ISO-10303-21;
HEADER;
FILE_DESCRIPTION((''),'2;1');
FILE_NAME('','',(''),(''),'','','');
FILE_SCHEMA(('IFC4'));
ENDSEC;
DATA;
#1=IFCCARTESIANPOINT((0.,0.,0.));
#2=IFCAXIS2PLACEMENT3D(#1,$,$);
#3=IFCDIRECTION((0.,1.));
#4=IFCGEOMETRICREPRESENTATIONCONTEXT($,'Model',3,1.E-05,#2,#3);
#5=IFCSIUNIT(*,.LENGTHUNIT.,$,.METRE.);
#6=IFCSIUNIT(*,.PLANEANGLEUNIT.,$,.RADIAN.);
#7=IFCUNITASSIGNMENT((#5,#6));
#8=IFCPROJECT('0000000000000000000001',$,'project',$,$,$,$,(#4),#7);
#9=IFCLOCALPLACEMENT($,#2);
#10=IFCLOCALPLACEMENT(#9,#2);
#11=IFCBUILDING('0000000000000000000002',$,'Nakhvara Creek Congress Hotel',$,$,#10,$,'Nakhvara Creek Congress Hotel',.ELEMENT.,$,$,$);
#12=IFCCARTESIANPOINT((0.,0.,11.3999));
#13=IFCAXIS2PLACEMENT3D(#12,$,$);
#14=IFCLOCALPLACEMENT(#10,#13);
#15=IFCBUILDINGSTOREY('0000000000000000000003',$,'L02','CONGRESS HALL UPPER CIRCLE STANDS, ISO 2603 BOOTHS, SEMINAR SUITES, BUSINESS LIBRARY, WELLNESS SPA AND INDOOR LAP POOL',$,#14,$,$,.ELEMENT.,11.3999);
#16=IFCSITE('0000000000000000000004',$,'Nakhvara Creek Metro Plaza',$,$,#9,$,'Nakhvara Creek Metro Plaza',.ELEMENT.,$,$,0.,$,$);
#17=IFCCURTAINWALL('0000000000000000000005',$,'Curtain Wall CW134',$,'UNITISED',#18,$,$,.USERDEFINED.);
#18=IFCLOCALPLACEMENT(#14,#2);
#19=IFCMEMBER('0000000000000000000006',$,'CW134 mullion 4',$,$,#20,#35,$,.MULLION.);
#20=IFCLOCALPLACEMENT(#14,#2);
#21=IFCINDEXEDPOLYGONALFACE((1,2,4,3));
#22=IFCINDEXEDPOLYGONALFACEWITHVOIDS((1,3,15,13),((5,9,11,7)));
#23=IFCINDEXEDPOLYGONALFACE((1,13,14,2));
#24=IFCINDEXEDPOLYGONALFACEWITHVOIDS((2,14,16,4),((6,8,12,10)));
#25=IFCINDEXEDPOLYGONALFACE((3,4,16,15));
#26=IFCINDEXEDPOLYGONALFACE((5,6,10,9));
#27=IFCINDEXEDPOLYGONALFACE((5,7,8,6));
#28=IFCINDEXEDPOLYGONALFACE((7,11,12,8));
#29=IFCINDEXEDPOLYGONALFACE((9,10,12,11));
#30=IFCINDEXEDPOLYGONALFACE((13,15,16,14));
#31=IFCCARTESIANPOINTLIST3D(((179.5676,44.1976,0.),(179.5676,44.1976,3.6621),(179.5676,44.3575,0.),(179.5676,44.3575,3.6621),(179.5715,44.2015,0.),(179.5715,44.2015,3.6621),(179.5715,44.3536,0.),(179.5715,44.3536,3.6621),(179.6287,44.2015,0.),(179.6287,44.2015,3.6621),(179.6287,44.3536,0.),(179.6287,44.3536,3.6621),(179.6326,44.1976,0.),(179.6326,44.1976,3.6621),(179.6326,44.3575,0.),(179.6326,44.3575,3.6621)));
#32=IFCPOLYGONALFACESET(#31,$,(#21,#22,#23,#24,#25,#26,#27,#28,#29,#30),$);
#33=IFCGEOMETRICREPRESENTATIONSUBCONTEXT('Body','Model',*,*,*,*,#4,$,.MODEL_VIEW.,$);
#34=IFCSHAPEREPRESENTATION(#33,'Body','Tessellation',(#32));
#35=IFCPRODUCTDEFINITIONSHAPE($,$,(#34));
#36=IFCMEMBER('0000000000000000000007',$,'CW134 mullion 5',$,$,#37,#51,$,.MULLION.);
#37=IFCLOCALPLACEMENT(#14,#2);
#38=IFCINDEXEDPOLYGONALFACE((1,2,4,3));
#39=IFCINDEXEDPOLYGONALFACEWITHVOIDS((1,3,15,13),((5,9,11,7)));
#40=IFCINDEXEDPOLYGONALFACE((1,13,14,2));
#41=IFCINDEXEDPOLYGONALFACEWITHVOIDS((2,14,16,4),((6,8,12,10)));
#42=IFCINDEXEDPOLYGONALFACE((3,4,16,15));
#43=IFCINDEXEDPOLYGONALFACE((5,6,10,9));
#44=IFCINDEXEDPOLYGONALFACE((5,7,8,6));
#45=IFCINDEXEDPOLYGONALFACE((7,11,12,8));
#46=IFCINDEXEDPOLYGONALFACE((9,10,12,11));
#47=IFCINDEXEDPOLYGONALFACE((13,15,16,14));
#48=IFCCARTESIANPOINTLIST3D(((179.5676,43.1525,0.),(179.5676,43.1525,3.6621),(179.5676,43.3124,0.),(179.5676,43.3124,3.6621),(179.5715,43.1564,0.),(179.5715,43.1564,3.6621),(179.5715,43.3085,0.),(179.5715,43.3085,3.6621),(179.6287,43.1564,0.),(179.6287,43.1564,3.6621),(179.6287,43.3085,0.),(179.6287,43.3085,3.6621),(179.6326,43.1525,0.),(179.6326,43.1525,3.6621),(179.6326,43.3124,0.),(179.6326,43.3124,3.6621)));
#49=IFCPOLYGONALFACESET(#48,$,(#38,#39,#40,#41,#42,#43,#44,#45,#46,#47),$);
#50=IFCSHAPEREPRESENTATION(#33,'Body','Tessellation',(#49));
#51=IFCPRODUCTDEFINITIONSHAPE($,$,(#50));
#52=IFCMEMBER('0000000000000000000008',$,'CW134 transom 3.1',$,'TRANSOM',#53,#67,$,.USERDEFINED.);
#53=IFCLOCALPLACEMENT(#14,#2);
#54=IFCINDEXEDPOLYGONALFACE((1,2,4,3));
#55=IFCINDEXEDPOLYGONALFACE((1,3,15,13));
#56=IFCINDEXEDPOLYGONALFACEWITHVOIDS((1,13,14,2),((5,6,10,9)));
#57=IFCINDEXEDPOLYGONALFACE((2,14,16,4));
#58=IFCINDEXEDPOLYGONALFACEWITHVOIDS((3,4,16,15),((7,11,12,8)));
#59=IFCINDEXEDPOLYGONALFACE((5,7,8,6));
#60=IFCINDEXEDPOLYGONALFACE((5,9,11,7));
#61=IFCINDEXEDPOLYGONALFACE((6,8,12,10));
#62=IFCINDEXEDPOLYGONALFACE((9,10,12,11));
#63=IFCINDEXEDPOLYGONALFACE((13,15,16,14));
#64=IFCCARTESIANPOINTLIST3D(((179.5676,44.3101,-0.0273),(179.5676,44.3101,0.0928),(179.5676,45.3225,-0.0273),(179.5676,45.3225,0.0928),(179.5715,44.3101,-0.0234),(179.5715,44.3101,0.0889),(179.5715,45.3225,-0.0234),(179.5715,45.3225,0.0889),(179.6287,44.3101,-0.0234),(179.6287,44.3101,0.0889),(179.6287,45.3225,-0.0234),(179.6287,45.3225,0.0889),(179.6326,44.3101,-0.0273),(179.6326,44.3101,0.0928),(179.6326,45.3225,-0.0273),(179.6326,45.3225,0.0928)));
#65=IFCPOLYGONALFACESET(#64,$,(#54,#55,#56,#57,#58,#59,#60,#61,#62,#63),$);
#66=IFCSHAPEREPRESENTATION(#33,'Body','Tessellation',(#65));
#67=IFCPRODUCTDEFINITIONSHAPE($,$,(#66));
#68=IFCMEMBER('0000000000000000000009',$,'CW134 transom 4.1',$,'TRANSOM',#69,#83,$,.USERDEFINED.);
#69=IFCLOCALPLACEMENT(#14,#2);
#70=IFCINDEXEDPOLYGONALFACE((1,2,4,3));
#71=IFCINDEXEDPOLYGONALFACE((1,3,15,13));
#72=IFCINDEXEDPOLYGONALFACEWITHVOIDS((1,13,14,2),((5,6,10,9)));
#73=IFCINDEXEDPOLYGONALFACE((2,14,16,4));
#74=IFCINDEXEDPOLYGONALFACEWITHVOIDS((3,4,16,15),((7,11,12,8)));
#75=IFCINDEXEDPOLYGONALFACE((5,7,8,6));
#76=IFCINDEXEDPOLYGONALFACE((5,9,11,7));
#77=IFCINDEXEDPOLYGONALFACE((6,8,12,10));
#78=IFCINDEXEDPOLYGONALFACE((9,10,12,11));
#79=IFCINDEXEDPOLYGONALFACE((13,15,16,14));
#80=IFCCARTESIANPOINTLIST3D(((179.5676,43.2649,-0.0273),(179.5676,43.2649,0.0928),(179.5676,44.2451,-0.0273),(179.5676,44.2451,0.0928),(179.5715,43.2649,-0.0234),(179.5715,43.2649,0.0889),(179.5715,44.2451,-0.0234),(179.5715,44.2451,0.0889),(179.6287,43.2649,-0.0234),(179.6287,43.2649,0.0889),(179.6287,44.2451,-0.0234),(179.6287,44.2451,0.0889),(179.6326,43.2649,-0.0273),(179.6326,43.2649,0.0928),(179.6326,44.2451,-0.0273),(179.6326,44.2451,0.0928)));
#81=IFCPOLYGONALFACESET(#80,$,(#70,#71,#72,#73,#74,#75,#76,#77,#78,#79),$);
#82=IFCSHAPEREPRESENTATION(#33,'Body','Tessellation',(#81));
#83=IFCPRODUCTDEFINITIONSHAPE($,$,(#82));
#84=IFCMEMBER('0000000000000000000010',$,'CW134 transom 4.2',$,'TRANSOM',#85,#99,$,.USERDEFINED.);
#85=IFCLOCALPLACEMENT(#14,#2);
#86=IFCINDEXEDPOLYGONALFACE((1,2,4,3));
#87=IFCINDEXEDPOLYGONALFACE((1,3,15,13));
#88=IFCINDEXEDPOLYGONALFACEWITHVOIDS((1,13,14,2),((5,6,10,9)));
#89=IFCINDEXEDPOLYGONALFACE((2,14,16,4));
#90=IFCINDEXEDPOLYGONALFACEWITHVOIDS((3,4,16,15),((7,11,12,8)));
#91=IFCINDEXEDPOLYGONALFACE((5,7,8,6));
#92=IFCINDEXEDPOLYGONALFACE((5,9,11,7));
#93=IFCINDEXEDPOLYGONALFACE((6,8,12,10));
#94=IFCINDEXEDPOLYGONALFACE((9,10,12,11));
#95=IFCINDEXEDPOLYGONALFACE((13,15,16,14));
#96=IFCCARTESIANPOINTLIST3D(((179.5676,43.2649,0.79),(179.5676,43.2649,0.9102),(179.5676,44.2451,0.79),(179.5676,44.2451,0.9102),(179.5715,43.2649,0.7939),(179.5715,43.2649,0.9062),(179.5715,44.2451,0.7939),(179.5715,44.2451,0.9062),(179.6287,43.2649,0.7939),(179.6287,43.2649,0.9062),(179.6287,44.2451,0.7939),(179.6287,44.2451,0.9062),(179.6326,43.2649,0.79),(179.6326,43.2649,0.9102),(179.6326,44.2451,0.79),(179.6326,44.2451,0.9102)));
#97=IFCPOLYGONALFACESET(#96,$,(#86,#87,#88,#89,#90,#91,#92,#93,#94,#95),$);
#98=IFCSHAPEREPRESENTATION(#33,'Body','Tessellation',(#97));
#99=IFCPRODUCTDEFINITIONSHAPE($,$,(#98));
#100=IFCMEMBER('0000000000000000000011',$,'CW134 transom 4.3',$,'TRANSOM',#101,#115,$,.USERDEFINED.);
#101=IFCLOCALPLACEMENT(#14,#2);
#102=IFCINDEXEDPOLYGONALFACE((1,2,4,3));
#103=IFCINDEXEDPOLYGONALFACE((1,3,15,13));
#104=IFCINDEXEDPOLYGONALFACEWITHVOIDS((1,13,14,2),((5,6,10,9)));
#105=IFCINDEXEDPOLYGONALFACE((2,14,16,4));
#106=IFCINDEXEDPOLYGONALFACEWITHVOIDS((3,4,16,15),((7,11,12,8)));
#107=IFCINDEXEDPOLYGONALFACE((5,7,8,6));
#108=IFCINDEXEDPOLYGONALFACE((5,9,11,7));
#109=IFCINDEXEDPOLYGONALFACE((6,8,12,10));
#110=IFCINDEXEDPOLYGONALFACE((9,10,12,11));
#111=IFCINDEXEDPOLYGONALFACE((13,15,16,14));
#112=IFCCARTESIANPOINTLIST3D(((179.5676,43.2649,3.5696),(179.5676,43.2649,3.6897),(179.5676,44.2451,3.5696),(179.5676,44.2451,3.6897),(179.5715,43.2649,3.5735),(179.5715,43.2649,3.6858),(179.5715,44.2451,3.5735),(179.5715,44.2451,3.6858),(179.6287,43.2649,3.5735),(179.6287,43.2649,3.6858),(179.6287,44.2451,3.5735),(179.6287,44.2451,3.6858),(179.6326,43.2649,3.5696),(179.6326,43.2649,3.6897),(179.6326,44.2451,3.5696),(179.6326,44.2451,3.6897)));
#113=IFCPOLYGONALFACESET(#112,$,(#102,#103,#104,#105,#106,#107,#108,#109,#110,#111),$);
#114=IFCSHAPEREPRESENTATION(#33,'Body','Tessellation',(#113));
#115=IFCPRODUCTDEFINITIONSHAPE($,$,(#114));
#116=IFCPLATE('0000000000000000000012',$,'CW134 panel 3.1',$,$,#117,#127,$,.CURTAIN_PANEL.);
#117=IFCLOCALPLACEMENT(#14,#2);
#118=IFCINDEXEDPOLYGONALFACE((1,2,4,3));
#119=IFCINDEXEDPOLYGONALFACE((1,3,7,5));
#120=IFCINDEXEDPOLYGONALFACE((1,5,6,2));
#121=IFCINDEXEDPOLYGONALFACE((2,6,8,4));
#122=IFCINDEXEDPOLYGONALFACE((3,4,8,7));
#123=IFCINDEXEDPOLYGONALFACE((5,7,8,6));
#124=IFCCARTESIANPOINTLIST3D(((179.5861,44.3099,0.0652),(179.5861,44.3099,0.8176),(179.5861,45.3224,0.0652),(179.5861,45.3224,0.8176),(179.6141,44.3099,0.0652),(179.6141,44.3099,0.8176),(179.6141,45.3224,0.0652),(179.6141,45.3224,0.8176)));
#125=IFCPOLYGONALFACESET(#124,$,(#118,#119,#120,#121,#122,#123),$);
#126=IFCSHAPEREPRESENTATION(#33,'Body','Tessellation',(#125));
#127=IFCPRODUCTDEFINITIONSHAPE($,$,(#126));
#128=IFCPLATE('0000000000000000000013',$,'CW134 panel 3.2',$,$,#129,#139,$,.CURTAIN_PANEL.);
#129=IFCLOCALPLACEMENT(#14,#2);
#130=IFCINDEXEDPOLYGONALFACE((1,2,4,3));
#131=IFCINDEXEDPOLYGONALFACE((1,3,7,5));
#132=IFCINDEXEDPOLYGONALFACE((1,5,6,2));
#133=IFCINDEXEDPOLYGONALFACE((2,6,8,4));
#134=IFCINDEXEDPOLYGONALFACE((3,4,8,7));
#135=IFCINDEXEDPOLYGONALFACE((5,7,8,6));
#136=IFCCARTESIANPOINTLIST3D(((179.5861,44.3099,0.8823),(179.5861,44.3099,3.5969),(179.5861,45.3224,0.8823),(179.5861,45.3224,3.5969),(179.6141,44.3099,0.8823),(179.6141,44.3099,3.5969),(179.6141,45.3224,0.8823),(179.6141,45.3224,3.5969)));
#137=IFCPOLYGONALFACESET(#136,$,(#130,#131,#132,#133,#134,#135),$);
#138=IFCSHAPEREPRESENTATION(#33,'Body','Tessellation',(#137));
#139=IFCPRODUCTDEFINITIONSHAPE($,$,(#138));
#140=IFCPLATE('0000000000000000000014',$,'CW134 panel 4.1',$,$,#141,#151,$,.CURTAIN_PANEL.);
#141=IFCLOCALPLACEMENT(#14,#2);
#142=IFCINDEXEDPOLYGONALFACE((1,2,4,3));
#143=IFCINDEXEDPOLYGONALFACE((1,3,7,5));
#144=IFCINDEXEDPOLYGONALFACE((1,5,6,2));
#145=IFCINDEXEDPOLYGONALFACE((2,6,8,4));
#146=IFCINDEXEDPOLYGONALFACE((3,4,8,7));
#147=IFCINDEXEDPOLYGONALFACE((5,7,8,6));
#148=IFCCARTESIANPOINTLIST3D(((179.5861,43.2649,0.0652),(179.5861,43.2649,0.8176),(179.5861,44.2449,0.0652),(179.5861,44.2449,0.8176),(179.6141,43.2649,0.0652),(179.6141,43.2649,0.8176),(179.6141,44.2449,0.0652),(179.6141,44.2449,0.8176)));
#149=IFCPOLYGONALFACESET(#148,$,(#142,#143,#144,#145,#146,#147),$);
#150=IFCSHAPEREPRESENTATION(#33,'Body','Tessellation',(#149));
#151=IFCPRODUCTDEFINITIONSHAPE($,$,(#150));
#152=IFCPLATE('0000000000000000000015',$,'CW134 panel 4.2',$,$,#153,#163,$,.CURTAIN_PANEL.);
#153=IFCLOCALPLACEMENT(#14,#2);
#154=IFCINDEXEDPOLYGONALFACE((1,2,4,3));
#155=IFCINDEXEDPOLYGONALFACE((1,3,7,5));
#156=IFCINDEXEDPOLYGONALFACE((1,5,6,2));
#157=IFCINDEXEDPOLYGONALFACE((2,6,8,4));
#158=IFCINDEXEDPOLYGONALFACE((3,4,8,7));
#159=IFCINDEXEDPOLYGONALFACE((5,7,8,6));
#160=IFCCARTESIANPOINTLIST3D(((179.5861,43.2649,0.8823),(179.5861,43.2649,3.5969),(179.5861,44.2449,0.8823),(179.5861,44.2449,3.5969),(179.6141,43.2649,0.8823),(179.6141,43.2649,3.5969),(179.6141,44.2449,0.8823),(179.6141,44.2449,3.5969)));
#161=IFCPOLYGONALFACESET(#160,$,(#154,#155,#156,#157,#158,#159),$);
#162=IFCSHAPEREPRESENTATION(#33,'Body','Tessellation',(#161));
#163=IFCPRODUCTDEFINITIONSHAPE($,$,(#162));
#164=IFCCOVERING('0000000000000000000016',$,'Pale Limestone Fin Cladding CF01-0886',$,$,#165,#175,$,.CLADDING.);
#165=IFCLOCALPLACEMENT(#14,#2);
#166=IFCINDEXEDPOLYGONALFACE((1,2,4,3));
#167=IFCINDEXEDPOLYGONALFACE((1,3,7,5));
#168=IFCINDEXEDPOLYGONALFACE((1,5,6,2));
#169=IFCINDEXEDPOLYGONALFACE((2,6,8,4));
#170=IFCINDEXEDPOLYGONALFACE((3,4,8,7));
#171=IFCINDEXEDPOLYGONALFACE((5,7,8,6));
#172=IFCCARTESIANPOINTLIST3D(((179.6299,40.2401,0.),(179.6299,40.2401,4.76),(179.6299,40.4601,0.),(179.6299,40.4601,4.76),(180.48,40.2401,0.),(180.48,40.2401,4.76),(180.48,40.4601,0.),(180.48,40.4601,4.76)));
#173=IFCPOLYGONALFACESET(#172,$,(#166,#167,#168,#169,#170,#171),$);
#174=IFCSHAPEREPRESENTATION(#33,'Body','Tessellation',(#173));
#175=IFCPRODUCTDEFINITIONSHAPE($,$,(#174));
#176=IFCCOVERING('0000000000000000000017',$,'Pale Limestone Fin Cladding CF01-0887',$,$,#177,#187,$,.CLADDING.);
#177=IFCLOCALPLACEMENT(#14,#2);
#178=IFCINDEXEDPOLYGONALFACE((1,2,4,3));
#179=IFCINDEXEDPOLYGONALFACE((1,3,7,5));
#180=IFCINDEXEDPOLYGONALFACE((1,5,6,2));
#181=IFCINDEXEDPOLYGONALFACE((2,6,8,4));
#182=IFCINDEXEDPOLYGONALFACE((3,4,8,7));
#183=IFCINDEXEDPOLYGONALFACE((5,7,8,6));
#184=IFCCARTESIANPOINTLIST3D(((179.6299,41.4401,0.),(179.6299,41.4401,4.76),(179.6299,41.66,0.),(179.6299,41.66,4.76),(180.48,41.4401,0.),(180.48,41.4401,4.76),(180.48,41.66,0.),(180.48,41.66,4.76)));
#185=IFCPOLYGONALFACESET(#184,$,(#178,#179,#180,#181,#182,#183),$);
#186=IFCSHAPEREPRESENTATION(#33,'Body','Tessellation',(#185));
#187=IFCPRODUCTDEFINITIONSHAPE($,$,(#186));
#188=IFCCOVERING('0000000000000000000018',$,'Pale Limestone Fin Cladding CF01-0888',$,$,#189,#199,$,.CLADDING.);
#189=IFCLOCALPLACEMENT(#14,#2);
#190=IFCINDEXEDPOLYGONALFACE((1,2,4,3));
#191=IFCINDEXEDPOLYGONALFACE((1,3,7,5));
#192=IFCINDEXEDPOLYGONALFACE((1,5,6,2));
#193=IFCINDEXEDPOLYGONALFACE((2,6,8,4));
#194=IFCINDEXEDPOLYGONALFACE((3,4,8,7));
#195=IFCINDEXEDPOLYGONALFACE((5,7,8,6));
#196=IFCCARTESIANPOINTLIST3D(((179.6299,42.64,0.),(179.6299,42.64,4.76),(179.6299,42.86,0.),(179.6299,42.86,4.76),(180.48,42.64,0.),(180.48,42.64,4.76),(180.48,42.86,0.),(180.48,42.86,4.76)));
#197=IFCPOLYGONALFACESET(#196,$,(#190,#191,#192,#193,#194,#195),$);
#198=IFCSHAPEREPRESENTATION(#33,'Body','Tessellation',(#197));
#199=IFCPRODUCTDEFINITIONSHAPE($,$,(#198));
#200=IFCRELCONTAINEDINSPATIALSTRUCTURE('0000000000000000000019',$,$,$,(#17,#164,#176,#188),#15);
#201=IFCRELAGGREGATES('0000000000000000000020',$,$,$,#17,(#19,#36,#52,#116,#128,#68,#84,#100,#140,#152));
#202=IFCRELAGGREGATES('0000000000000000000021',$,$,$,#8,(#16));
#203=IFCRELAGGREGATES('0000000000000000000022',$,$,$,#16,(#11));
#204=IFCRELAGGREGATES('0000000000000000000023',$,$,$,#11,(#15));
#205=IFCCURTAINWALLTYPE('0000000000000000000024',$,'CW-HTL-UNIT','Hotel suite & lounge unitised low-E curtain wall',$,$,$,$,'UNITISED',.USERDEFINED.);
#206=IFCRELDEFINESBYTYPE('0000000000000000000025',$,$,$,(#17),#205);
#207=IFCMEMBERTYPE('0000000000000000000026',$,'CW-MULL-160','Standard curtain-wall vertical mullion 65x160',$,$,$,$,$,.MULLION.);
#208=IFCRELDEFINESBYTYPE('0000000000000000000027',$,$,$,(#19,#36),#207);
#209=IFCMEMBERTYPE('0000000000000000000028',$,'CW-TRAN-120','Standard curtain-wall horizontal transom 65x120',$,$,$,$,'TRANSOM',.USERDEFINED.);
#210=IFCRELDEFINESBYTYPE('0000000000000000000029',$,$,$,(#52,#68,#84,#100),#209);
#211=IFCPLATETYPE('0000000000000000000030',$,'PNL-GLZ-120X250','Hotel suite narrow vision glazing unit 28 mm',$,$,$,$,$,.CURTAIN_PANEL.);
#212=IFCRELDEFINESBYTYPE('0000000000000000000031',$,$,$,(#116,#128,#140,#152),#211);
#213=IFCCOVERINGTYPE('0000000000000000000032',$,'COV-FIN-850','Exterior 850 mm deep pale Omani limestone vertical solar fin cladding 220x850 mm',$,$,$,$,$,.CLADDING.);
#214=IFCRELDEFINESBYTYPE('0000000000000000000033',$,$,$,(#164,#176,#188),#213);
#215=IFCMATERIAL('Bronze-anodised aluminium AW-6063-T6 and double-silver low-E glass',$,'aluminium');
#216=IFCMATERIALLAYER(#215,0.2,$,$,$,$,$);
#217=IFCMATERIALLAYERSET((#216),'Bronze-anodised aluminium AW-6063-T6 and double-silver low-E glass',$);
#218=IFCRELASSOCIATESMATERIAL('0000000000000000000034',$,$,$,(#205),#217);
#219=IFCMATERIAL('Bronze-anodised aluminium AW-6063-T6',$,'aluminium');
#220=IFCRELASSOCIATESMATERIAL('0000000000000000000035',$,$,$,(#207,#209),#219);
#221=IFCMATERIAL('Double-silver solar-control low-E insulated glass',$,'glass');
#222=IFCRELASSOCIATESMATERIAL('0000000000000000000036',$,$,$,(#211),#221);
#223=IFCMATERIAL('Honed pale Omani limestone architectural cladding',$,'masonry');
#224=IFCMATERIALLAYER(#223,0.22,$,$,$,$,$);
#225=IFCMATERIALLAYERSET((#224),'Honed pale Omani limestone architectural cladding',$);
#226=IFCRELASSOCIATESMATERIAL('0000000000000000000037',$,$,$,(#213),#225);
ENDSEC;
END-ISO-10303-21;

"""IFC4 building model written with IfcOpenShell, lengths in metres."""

from ifc_helpers import new_model, si_unit, direction, frame, origin, origin_2d, place, context, subcontext, project, spatial, rectangle, hollow_rectangle, extrude, material, layer, layer_set, material_profile, profile_set, type_object, element, aggregate, save


model = new_model("IFC4")

# Units and contexts
model_context = context("Model", 3, precision=1e-05, world=origin(), true_north=direction((0.0, 1.0)))
body_context = subcontext(model_context, "Body", "Model", "MODEL_VIEW")
ifc_project = project(units=[si_unit("LENGTHUNIT", "METRE"), si_unit("PLANEANGLEUNIT", "RADIAN")], contexts=[model_context])

# Site, building, storey
site_placement = place(None, origin())
site = spatial("IfcSite", under=ifc_project, at=site_placement, Name="Nakhvara Creek Metro Plaza", LongName="Nakhvara Creek Metro Plaza", CompositionType="ELEMENT", RefElevation=0.0)
building_placement = place(site_placement, origin())
building = spatial("IfcBuilding", under=site, at=building_placement, Name="Nakhvara Creek Congress Hotel", LongName="Nakhvara Creek Congress Hotel", CompositionType="ELEMENT")
storey_placement = place(building_placement, frame((0.0, 0.0, 11.3999)))
storey = spatial("IfcBuildingStorey", under=building, at=storey_placement, Name="L02", Description="CONGRESS HALL UPPER CIRCLE STANDS, ISO 2603 BOOTHS, SEMINAR SUITES, BUSINESS LIBRARY, WELLNESS SPA AND INDOOR LAP POOL", CompositionType="ELEMENT", Elevation=11.3999)

# Curtain wall, members, plates
ifc_material_1 = material(Name="Bronze-anodised aluminium AW-6063-T6 and double-silver low-E glass", Category="aluminium")
ifc_layer_1 = layer(ifc_material_1, 0.2)
ifc_layer_set_1 = layer_set([ifc_layer_1], Name="Bronze-anodised aluminium AW-6063-T6 and double-silver low-E glass")
curtain_wall_type = type_object("IfcCurtainWallType", Name="CW-HTL-UNIT", Description="Hotel suite & lounge unitised low-E curtain wall", ElementType="UNITISED", PredefinedType="USERDEFINED", material=ifc_layer_set_1)
curtain_wall_placement = place(storey_placement, origin())
curtain_wall = element("IfcCurtainWall", 1, at=curtain_wall_placement, inside=storey, type_object=curtain_wall_type, Name="Curtain Wall CW134", ObjectType="UNITISED", PredefinedType="USERDEFINED")
ifc_material_2 = material(Name="Bronze-anodised aluminium AW-6063-T6", Category="aluminium")
ifc_material_profile_1 = material_profile(ifc_material_2, hollow_rectangle(XDim=0.0649, YDim=0.1599, WallThickness=0.0039, at=origin_2d()), Name="ALU-MULL 65x160x4", Category="LoadBearing")
ifc_profile_set_1 = profile_set([ifc_material_profile_1], Name="Bronze-anodised aluminium AW-6063-T6")
member_type_1 = type_object("IfcMemberType", Name="CW-MULL-160", Description="Standard curtain-wall vertical mullion 65x160", PredefinedType="MULLION", material=ifc_profile_set_1)
member_1_placement = place(storey_placement, frame((179.6001, 44.2776, 0.0), z_axis=(0.0, 0.0, 1.0), x_axis=(1.0, 0.0, 0.0)))
member_1 = element("IfcMember", 2, at=member_1_placement, type_object=member_type_1, Name="CW134 mullion 4", PredefinedType="MULLION", context=body_context, shape_type="SweptSolid", body=[
    extrude(hollow_rectangle(XDim=0.0649, YDim=0.1599, WallThickness=0.0039, at=origin_2d()), origin(), (0.0, 0.0, 1.0), 3.6621),
])
member_2_placement = place(storey_placement, frame((179.6001, 43.2324, 0.0), z_axis=(0.0, 0.0, 1.0), x_axis=(1.0, 0.0, 0.0)))
member_2 = element("IfcMember", 3, at=member_2_placement, type_object=member_type_1, Name="CW134 mullion 5", PredefinedType="MULLION", context=body_context, shape_type="SweptSolid", body=[
    extrude(hollow_rectangle(XDim=0.0649, YDim=0.1599, WallThickness=0.0039, at=origin_2d()), origin(), (0.0, 0.0, 1.0), 3.6621),
])
ifc_material_profile_2 = material_profile(ifc_material_2, hollow_rectangle(XDim=0.0649, YDim=0.1201, WallThickness=0.0039, at=origin_2d()), Name="ALU-TRAN 65x120x4", Category="LoadBearing")
ifc_profile_set_2 = profile_set([ifc_material_profile_2], Name="Bronze-anodised aluminium AW-6063-T6")
member_type_2 = type_object("IfcMemberType", Name="CW-TRAN-120", Description="Standard curtain-wall horizontal transom 65x120", ElementType="TRANSOM", PredefinedType="USERDEFINED", material=ifc_profile_set_2)
member_3_placement = place(storey_placement, frame((179.6001, 45.3225, 0.0327), z_axis=(0.0, -1.0, 0.0), x_axis=(1.0, 0.0, 0.0)))
member_3 = element("IfcMember", 4, at=member_3_placement, type_object=member_type_2, Name="CW134 transom 3.1", ObjectType="TRANSOM", PredefinedType="USERDEFINED", context=body_context, shape_type="SweptSolid", body=[
    extrude(hollow_rectangle(XDim=0.0649, YDim=0.1201, WallThickness=0.0039, at=origin_2d()), origin(), (0.0, 0.0, 1.0), 1.0125),
])
member_4_placement = place(storey_placement, frame((179.6001, 44.2451, 0.0327), z_axis=(0.0, -1.0, 0.0), x_axis=(1.0, 0.0, 0.0)))
member_4 = element("IfcMember", 5, at=member_4_placement, type_object=member_type_2, Name="CW134 transom 4.1", ObjectType="TRANSOM", PredefinedType="USERDEFINED", context=body_context, shape_type="SweptSolid", body=[
    extrude(hollow_rectangle(XDim=0.0649, YDim=0.1201, WallThickness=0.0039, at=origin_2d()), origin(), (0.0, 0.0, 1.0), 0.9802),
])
member_5_placement = place(storey_placement, frame((179.6001, 44.2451, 0.8501), z_axis=(0.0, -1.0, 0.0), x_axis=(1.0, 0.0, 0.0)))
member_5 = element("IfcMember", 6, at=member_5_placement, type_object=member_type_2, Name="CW134 transom 4.2", ObjectType="TRANSOM", PredefinedType="USERDEFINED", context=body_context, shape_type="SweptSolid", body=[
    extrude(hollow_rectangle(XDim=0.0649, YDim=0.1201, WallThickness=0.0039, at=origin_2d()), origin(), (0.0, 0.0, 1.0), 0.9802),
])
member_6_placement = place(storey_placement, frame((179.6001, 44.2451, 3.6296), z_axis=(0.0, -1.0, 0.0), x_axis=(1.0, 0.0, 0.0)))
member_6 = element("IfcMember", 7, at=member_6_placement, type_object=member_type_2, Name="CW134 transom 4.3", ObjectType="TRANSOM", PredefinedType="USERDEFINED", context=body_context, shape_type="SweptSolid", body=[
    extrude(hollow_rectangle(XDim=0.0649, YDim=0.1201, WallThickness=0.0039, at=origin_2d()), origin(), (0.0, 0.0, 1.0), 0.9802),
])
ifc_material_3 = material(Name="Double-silver solar-control low-E insulated glass", Category="glass")
plate_type = type_object("IfcPlateType", Name="PNL-GLZ-120X250", Description="Hotel suite narrow vision glazing unit 28 mm", PredefinedType="CURTAIN_PANEL", material=ifc_material_3)
plate_1_placement = place(storey_placement, frame((179.6001, 44.8162, 0.0652), z_axis=(0.0, 0.0, 1.0), x_axis=(0.0, -1.0, 0.0)))
plate_1 = element("IfcPlate", 8, at=plate_1_placement, type_object=plate_type, Name="CW134 panel 3.1", PredefinedType="CURTAIN_PANEL", context=body_context, shape_type="SweptSolid", body=[
    extrude(rectangle(XDim=1.0125, YDim=0.0281, at=origin_2d()), origin(), (0.0, 0.0, 1.0), 0.7524),
])
plate_2_placement = place(storey_placement, frame((179.6001, 44.8162, 0.8823), z_axis=(0.0, 0.0, 1.0), x_axis=(0.0, -1.0, 0.0)))
plate_2 = element("IfcPlate", 9, at=plate_2_placement, type_object=plate_type, Name="CW134 panel 3.2", PredefinedType="CURTAIN_PANEL", context=body_context, shape_type="SweptSolid", body=[
    extrude(rectangle(XDim=1.0125, YDim=0.0281, at=origin_2d()), origin(), (0.0, 0.0, 1.0), 2.7146),
])
plate_3_placement = place(storey_placement, frame((179.6001, 43.7549, 0.0652), z_axis=(0.0, 0.0, 1.0), x_axis=(0.0, -1.0, 0.0)))
plate_3 = element("IfcPlate", 10, at=plate_3_placement, type_object=plate_type, Name="CW134 panel 4.1", PredefinedType="CURTAIN_PANEL", context=body_context, shape_type="SweptSolid", body=[
    extrude(rectangle(XDim=0.98, YDim=0.0281, at=origin_2d()), origin(), (0.0, 0.0, 1.0), 0.7524),
])
plate_4_placement = place(storey_placement, frame((179.6001, 43.7549, 0.8823), z_axis=(0.0, 0.0, 1.0), x_axis=(0.0, -1.0, 0.0)))
plate_4 = element("IfcPlate", 11, at=plate_4_placement, type_object=plate_type, Name="CW134 panel 4.2", PredefinedType="CURTAIN_PANEL", context=body_context, shape_type="SweptSolid", body=[
    extrude(rectangle(XDim=0.98, YDim=0.0281, at=origin_2d()), origin(), (0.0, 0.0, 1.0), 2.7146),
])
aggregate(curtain_wall, [member_1, member_2, member_3, plate_1, plate_2, member_4, member_5, member_6, plate_3, plate_4])

# Coverings
ifc_material_4 = material(Name="Honed pale Omani limestone architectural cladding", Category="masonry")
ifc_layer_2 = layer(ifc_material_4, 0.22)
ifc_layer_set_2 = layer_set([ifc_layer_2], Name="Honed pale Omani limestone architectural cladding")
covering_type = type_object("IfcCoveringType", Name="COV-FIN-850", Description="Exterior 850 mm deep pale Omani limestone vertical solar fin cladding 220x850 mm", PredefinedType="CLADDING", material=ifc_layer_set_2)
for number, where, z_axis, x_axis, name in (
    (12, (180.0549, 40.3501, 0.0), (0.0, 0.0, 1.0), (0.0, 1.0, 0.0), "Pale Limestone Fin Cladding CF01-0886"),
    (13, (180.0549, 41.55, 0.0), (0.0, 0.0, 1.0), (0.0, 1.0, 0.0), "Pale Limestone Fin Cladding CF01-0887"),
    (14, (180.0549, 42.75, 0.0), (0.0, 0.0, 1.0), (0.0, 1.0, 0.0), "Pale Limestone Fin Cladding CF01-0888"),
):
    element("IfcCovering", number, at=place(storey_placement, frame(where, z_axis=z_axis, x_axis=x_axis)), inside=storey, type_object=covering_type, Name=name, PredefinedType="CLADDING", context=body_context, shape_type="SweptSolid", body=[
        extrude(rectangle(XDim=0.22, YDim=0.8501, at=origin_2d()), origin(), (0.0, 0.0, 1.0), 4.76),
    ])

save(model, "model.ifc")
